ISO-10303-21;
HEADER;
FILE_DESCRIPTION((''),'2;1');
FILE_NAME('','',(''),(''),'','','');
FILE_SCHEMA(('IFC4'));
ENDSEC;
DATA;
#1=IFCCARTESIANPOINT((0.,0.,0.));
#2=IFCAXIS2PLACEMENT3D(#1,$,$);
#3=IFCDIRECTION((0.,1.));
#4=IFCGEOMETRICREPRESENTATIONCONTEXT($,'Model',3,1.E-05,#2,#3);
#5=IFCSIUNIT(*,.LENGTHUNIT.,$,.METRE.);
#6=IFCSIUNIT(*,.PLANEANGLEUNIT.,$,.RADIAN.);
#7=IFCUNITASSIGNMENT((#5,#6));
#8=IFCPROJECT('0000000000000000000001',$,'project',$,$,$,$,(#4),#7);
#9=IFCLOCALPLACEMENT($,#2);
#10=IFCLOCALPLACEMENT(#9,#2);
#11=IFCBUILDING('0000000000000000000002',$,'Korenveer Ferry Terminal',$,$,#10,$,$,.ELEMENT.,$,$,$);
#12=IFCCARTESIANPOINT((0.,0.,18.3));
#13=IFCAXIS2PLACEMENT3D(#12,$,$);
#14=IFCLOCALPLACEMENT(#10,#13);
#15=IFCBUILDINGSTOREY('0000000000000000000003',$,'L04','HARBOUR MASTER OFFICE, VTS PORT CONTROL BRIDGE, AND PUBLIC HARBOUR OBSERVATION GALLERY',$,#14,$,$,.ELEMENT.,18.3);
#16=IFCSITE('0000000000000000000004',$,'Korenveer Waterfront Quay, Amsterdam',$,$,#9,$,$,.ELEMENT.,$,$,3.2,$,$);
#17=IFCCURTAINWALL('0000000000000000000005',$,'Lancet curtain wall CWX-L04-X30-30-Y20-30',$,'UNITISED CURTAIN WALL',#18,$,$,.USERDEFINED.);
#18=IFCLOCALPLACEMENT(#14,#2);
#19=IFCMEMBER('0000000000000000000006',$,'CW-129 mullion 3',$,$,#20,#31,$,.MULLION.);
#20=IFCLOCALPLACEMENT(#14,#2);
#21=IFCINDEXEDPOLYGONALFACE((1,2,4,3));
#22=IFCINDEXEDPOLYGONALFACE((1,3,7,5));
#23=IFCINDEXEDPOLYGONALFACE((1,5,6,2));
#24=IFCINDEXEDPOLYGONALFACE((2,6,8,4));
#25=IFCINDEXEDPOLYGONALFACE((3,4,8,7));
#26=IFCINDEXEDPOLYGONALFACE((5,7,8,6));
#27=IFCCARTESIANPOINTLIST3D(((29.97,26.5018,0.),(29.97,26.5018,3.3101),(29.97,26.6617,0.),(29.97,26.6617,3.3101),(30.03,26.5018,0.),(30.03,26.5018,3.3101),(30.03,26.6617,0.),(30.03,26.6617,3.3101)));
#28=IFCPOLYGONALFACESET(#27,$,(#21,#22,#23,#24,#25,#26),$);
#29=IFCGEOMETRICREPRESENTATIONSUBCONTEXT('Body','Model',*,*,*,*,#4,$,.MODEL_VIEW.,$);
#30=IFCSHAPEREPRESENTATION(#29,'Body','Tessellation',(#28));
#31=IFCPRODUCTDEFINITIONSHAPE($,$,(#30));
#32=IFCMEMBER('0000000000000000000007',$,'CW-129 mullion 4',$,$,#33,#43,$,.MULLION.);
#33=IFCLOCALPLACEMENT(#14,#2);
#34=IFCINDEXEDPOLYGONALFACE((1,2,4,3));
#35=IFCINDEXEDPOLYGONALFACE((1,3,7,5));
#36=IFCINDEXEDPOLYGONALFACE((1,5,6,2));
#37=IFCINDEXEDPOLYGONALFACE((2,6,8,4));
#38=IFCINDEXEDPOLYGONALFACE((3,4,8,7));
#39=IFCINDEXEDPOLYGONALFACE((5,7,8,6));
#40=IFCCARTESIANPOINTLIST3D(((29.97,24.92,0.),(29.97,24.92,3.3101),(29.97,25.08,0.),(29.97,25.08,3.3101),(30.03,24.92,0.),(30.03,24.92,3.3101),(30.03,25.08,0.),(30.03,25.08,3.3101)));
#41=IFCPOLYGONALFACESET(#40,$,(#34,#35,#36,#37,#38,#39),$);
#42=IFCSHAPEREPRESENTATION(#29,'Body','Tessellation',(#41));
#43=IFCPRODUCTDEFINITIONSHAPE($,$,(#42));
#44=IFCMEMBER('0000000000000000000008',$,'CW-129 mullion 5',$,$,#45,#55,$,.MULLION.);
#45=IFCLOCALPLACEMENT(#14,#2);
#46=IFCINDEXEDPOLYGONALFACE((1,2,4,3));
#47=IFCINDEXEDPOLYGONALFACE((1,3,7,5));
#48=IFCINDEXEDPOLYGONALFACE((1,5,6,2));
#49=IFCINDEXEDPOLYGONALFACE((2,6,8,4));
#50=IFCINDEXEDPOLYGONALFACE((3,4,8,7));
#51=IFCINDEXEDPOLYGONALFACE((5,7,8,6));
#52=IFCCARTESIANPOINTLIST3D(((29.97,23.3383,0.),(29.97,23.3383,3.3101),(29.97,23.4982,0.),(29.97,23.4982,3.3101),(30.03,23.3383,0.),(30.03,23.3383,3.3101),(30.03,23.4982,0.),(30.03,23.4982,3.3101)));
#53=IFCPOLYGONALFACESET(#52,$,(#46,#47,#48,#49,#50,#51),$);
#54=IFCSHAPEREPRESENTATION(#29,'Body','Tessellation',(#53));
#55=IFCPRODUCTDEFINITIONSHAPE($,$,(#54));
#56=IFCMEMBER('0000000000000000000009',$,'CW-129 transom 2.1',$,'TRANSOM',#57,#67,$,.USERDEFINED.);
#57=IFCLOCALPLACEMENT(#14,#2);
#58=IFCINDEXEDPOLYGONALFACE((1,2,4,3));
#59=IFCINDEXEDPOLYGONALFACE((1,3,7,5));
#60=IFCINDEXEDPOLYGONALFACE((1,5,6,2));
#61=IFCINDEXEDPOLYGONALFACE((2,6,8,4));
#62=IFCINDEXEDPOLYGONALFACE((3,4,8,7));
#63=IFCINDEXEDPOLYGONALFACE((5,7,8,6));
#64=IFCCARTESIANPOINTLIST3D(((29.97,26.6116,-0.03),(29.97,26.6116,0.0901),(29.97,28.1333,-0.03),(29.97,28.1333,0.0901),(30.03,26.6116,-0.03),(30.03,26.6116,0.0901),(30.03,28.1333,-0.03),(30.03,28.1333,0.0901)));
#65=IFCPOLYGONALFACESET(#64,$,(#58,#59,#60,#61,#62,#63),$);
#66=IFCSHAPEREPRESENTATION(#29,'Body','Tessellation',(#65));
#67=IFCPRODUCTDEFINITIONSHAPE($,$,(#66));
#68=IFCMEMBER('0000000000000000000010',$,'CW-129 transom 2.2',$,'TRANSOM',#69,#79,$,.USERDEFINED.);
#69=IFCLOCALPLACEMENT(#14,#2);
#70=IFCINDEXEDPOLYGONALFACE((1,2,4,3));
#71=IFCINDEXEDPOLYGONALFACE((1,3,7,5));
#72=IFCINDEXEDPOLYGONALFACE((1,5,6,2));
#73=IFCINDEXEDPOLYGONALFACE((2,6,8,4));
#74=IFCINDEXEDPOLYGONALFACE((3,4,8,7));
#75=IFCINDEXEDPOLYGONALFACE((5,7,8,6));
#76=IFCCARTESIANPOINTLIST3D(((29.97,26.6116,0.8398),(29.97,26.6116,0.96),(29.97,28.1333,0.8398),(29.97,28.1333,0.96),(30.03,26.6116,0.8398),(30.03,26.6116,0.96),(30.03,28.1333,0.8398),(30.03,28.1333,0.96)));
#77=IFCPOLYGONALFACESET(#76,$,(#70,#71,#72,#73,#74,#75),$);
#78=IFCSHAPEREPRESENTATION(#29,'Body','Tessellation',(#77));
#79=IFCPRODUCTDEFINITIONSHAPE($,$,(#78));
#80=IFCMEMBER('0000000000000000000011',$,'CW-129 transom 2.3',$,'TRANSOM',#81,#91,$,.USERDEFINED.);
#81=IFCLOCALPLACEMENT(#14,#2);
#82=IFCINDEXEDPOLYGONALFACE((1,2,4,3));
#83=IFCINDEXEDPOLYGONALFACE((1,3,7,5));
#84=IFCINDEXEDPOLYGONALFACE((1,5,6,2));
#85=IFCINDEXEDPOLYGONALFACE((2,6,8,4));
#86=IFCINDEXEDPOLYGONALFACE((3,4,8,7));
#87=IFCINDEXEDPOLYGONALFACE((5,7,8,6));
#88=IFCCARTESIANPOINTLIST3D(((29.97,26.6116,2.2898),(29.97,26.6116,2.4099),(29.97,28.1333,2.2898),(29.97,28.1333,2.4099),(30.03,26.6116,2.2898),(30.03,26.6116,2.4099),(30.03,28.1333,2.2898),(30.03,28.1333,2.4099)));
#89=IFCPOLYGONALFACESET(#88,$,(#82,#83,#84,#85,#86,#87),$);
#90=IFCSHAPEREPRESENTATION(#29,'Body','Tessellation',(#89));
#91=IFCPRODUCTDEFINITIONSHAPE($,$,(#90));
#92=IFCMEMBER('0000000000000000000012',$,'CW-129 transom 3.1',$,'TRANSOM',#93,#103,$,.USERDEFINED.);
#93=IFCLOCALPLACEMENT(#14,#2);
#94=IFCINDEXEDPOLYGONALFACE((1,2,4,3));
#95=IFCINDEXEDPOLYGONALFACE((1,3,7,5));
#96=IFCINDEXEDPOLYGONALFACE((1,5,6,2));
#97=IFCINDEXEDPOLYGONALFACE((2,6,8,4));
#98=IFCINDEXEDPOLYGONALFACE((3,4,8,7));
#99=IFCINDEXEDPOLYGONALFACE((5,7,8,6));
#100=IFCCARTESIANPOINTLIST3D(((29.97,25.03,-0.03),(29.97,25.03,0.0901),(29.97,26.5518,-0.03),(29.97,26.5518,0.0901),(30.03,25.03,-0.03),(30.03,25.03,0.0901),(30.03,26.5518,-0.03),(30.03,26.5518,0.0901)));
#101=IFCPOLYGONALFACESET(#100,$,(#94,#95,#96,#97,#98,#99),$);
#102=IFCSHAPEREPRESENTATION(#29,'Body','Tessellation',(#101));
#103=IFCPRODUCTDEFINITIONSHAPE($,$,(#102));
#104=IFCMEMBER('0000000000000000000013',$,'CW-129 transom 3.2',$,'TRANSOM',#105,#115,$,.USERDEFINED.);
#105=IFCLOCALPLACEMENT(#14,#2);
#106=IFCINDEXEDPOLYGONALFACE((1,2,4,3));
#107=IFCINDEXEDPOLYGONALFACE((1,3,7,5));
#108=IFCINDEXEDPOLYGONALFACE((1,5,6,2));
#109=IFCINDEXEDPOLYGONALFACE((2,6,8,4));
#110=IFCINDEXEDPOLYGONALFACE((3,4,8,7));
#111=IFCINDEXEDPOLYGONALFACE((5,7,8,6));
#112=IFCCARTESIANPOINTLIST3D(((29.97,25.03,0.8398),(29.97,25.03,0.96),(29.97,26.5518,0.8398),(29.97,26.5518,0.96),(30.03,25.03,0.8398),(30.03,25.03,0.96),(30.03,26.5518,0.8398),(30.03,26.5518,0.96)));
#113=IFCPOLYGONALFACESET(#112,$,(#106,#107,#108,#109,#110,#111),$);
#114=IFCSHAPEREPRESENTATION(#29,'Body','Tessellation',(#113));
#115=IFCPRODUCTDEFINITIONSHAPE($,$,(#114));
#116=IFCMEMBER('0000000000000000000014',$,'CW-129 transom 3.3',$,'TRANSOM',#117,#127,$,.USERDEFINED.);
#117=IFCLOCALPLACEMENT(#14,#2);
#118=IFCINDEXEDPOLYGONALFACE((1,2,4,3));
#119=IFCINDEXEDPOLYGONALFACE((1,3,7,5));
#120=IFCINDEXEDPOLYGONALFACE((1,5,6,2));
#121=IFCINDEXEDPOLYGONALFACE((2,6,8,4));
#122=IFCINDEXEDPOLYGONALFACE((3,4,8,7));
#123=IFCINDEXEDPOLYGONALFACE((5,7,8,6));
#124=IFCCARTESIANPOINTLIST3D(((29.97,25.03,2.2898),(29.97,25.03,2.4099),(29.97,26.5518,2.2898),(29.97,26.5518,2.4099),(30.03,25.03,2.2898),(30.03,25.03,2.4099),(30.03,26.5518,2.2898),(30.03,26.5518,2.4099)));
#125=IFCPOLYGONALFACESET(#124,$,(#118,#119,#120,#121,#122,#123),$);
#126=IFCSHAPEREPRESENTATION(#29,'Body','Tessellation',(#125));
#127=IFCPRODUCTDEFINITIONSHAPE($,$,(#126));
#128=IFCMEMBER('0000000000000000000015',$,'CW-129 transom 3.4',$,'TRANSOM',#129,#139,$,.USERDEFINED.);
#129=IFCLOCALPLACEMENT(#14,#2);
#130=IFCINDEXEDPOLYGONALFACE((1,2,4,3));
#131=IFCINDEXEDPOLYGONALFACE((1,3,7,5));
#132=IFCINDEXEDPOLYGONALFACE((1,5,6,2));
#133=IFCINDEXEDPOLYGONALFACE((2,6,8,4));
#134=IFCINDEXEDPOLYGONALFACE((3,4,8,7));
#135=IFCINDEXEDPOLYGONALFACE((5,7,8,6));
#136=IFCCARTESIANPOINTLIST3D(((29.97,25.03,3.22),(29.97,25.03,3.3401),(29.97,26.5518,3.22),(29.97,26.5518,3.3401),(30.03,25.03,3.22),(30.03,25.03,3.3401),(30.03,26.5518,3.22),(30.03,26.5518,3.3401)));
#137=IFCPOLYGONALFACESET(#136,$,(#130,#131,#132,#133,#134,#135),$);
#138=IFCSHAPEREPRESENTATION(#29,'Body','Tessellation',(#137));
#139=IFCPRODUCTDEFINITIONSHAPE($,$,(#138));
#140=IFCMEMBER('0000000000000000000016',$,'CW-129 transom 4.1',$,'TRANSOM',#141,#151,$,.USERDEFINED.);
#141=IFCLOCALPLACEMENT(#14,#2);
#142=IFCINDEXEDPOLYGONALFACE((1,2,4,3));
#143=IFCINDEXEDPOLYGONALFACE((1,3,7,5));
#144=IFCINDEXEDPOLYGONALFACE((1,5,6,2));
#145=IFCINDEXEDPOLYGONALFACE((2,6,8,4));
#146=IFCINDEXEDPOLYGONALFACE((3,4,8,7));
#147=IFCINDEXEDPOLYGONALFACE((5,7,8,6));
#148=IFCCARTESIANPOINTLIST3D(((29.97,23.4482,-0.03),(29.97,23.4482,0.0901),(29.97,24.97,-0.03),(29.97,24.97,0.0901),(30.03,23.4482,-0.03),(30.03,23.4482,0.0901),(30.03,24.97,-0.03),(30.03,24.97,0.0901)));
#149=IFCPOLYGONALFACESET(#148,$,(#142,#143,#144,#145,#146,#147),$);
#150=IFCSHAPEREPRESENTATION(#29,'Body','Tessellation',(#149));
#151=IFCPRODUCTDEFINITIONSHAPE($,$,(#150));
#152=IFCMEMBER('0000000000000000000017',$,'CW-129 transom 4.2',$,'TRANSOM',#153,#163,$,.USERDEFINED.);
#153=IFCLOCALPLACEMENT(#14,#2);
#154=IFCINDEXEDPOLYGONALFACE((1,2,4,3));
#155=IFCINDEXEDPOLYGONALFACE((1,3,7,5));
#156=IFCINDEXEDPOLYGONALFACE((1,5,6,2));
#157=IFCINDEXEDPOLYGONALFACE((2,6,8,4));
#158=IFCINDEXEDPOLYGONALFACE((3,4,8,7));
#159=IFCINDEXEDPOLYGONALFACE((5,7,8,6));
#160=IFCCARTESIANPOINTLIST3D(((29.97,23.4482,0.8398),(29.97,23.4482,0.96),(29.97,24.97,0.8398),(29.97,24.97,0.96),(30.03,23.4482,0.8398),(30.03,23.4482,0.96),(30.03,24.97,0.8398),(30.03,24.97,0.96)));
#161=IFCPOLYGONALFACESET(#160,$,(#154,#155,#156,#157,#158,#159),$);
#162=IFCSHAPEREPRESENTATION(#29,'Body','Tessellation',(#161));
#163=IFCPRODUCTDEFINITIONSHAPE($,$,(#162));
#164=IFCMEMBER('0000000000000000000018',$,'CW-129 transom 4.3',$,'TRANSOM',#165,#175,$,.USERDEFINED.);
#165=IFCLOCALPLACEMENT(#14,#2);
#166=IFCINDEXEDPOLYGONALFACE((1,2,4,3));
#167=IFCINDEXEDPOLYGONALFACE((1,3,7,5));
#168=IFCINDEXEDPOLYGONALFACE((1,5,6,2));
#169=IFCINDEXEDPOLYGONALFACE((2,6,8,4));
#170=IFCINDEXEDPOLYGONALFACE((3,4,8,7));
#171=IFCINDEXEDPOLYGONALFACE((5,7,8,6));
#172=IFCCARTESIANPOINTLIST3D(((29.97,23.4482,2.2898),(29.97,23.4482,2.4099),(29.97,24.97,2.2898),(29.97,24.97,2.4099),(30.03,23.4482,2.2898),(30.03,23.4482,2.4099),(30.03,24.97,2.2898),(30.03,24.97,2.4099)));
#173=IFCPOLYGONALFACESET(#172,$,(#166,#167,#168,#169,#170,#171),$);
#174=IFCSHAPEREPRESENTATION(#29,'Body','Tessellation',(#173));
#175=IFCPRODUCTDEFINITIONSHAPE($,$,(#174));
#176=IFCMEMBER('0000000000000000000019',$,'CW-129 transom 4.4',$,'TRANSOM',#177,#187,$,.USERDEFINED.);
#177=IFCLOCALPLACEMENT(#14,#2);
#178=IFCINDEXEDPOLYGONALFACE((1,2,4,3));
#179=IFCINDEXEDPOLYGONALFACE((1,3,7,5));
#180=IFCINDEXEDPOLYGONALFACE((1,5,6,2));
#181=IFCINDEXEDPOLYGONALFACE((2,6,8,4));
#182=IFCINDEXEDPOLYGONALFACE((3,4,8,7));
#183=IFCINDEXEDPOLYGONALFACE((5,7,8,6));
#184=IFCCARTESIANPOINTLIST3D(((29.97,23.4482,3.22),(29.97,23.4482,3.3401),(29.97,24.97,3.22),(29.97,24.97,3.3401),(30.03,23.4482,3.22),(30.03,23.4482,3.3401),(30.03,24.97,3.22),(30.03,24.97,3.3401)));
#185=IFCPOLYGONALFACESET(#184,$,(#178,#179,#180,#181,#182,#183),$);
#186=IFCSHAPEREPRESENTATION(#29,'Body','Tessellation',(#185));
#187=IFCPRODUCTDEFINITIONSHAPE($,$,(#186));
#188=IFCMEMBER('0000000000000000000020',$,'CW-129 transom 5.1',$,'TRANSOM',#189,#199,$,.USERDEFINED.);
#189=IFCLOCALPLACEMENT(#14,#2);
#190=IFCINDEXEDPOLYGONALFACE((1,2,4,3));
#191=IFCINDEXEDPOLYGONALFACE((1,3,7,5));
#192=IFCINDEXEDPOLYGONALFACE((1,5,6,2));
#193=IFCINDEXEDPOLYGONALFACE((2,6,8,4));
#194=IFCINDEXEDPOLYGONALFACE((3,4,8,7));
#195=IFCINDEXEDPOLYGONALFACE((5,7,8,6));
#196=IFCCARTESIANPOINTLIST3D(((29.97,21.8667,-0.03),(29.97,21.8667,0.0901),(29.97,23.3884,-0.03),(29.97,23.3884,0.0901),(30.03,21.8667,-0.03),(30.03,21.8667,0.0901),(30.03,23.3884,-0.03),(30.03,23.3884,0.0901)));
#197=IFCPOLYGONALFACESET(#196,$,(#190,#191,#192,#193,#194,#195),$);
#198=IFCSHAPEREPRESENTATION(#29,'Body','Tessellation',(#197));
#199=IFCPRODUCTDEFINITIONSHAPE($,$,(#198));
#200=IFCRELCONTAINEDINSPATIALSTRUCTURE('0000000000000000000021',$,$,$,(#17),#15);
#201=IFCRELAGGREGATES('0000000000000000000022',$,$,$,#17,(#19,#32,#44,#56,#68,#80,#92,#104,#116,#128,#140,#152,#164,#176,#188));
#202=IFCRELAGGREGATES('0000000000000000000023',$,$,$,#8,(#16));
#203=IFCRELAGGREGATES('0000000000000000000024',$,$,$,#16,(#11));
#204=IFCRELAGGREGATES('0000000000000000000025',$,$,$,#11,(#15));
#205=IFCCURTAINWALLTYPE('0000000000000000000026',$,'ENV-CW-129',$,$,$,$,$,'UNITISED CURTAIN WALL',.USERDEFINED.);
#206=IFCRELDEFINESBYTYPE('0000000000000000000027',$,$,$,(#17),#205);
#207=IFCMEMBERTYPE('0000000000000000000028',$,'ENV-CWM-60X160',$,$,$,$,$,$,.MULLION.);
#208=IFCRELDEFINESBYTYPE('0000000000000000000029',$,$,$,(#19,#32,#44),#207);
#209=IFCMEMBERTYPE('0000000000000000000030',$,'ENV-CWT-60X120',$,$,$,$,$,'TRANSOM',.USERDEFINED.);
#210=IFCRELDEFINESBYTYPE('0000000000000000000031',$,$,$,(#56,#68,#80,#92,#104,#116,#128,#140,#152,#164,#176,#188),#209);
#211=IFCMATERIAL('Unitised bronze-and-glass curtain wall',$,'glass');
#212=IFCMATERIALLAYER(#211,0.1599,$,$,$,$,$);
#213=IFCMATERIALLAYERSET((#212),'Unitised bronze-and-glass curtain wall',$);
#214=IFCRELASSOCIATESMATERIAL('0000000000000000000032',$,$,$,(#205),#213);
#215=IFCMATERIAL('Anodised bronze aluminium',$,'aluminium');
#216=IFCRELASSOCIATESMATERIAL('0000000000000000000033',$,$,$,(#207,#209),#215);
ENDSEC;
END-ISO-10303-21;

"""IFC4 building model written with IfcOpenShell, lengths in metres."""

from ifc_helpers import new_model, si_unit, direction, frame, origin, origin_2d, place, context, subcontext, project, spatial, rectangle, extrude, material, layer, layer_set, material_profile, profile_set, type_object, element, aggregate, save


model = new_model("IFC4")

# Units and contexts
model_context = context("Model", 3, precision=1e-05, world=origin(), true_north=direction((0.0, 1.0)))
body_context = subcontext(model_context, "Body", "Model", "MODEL_VIEW")
ifc_project = project(units=[si_unit("LENGTHUNIT", "METRE"), si_unit("PLANEANGLEUNIT", "RADIAN")], contexts=[model_context])

# Site, building, storey
site_placement = place(None, origin())
site = spatial("IfcSite", under=ifc_project, at=site_placement, Name="Korenveer Waterfront Quay, Amsterdam", CompositionType="ELEMENT", RefElevation=3.2)
building_placement = place(site_placement, origin())
building = spatial("IfcBuilding", under=site, at=building_placement, Name="Korenveer Ferry Terminal", CompositionType="ELEMENT")
storey_placement = place(building_placement, frame((0.0, 0.0, 18.3)))
storey = spatial("IfcBuildingStorey", under=building, at=storey_placement, Name="L04", Description="HARBOUR MASTER OFFICE, VTS PORT CONTROL BRIDGE, AND PUBLIC HARBOUR OBSERVATION GALLERY", CompositionType="ELEMENT", Elevation=18.3)

# Curtain wall, members
ifc_material_1 = material(Name="Unitised bronze-and-glass curtain wall", Category="glass")
ifc_layer_1 = layer(ifc_material_1, 0.1599)
ifc_layer_set_1 = layer_set([ifc_layer_1], Name="Unitised bronze-and-glass curtain wall")
curtain_wall_type = type_object("IfcCurtainWallType", Name="ENV-CW-129", ElementType="UNITISED CURTAIN WALL", PredefinedType="USERDEFINED", material=ifc_layer_set_1)
curtain_wall_placement = place(storey_placement, frame((30.0, 29.7451, 0.0)))
curtain_wall = element("IfcCurtainWall", 1, at=curtain_wall_placement, inside=storey, type_object=curtain_wall_type, Name="Lancet curtain wall CWX-L04-X30-30-Y20-30", ObjectType="UNITISED CURTAIN WALL", PredefinedType="USERDEFINED")
ifc_material_2 = material(Name="Anodised bronze aluminium", Category="aluminium")
ifc_material_profile_1 = material_profile(ifc_material_2, rectangle(XDim=0.0601, YDim=0.1599, at=origin_2d()), Name="ALU 60x160")
ifc_profile_set_1 = profile_set([ifc_material_profile_1], Name="Anodised bronze aluminium")
member_type_1 = type_object("IfcMemberType", Name="ENV-CWM-60X160", PredefinedType="MULLION", material=ifc_profile_set_1)
member_1_placement = place(storey_placement, frame((30.0, 26.5818, 0.0), z_axis=(0.0, 0.0, 1.0), x_axis=(1.0, 0.0, 0.0)))
member_1 = element("IfcMember", 2, at=member_1_placement, type_object=member_type_1, Name="CW-129 mullion 3", PredefinedType="MULLION", context=body_context, shape_type="SweptSolid", body=[
    extrude(rectangle(XDim=0.0601, YDim=0.1599, at=origin_2d()), origin(), (0.0, 0.0, 1.0), 3.3101),
])
member_2_placement = place(storey_placement, frame((30.0, 25.0, 0.0), z_axis=(0.0, 0.0, 1.0), x_axis=(1.0, 0.0, 0.0)))
member_2 = element("IfcMember", 3, at=member_2_placement, type_object=member_type_1, Name="CW-129 mullion 4", PredefinedType="MULLION", context=body_context, shape_type="SweptSolid", body=[
    extrude(rectangle(XDim=0.0601, YDim=0.1599, at=origin_2d()), origin(), (0.0, 0.0, 1.0), 3.3101),
])
member_3_placement = place(storey_placement, frame((30.0, 23.4182, 0.0), z_axis=(0.0, 0.0, 1.0), x_axis=(1.0, 0.0, 0.0)))
member_3 = element("IfcMember", 4, at=member_3_placement, type_object=member_type_1, Name="CW-129 mullion 5", PredefinedType="MULLION", context=body_context, shape_type="SweptSolid", body=[
    extrude(rectangle(XDim=0.0601, YDim=0.1599, at=origin_2d()), origin(), (0.0, 0.0, 1.0), 3.3101),
])
ifc_material_profile_2 = material_profile(ifc_material_2, rectangle(XDim=0.0601, YDim=0.1201, at=origin_2d()), Name="ALU 60x120")
ifc_profile_set_2 = profile_set([ifc_material_profile_2], Name="Anodised bronze aluminium")
member_type_2 = type_object("IfcMemberType", Name="ENV-CWT-60X120", ElementType="TRANSOM", PredefinedType="USERDEFINED", material=ifc_profile_set_2)
member_4_placement = place(storey_placement, frame((30.0, 28.1333, 0.03), z_axis=(0.0, -1.0, 0.0), x_axis=(1.0, 0.0, 0.0)))
member_4 = element("IfcMember", 5, at=member_4_placement, type_object=member_type_2, Name="CW-129 transom 2.1", ObjectType="TRANSOM", PredefinedType="USERDEFINED", context=body_context, shape_type="SweptSolid", body=[
    extrude(rectangle(XDim=0.0601, YDim=0.1201, at=origin_2d()), origin(), (0.0, 0.0, 1.0), 1.5217),
])
member_5_placement = place(storey_placement, frame((30.0, 28.1333, 0.8999), z_axis=(0.0, -1.0, 0.0), x_axis=(1.0, 0.0, 0.0)))
member_5 = element("IfcMember", 6, at=member_5_placement, type_object=member_type_2, Name="CW-129 transom 2.2", ObjectType="TRANSOM", PredefinedType="USERDEFINED", context=body_context, shape_type="SweptSolid", body=[
    extrude(rectangle(XDim=0.0601, YDim=0.1201, at=origin_2d()), origin(), (0.0, 0.0, 1.0), 1.5217),
])
member_6_placement = place(storey_placement, frame((30.0, 28.1333, 2.3499), z_axis=(0.0, -1.0, 0.0), x_axis=(1.0, 0.0, 0.0)))
member_6 = element("IfcMember", 7, at=member_6_placement, type_object=member_type_2, Name="CW-129 transom 2.3", ObjectType="TRANSOM", PredefinedType="USERDEFINED", context=body_context, shape_type="SweptSolid", body=[
    extrude(rectangle(XDim=0.0601, YDim=0.1201, at=origin_2d()), origin(), (0.0, 0.0, 1.0), 1.5217),
])
member_7_placement = place(storey_placement, frame((30.0, 26.5518, 0.03), z_axis=(0.0, -1.0, 0.0), x_axis=(1.0, 0.0, 0.0)))
member_7 = element("IfcMember", 8, at=member_7_placement, type_object=member_type_2, Name="CW-129 transom 3.1", ObjectType="TRANSOM", PredefinedType="USERDEFINED", context=body_context, shape_type="SweptSolid", body=[
    extrude(rectangle(XDim=0.0601, YDim=0.1201, at=origin_2d()), origin(), (0.0, 0.0, 1.0), 1.5217),
])
member_8_placement = place(storey_placement, frame((30.0, 26.5518, 0.8999), z_axis=(0.0, -1.0, 0.0), x_axis=(1.0, 0.0, 0.0)))
member_8 = element("IfcMember", 9, at=member_8_placement, type_object=member_type_2, Name="CW-129 transom 3.2", ObjectType="TRANSOM", PredefinedType="USERDEFINED", context=body_context, shape_type="SweptSolid", body=[
    extrude(rectangle(XDim=0.0601, YDim=0.1201, at=origin_2d()), origin(), (0.0, 0.0, 1.0), 1.5217),
])
member_9_placement = place(storey_placement, frame((30.0, 26.5518, 2.3499), z_axis=(0.0, -1.0, 0.0), x_axis=(1.0, 0.0, 0.0)))
member_9 = element("IfcMember", 10, at=member_9_placement, type_object=member_type_2, Name="CW-129 transom 3.3", ObjectType="TRANSOM", PredefinedType="USERDEFINED", context=body_context, shape_type="SweptSolid", body=[
    extrude(rectangle(XDim=0.0601, YDim=0.1201, at=origin_2d()), origin(), (0.0, 0.0, 1.0), 1.5217),
])
member_10_placement = place(storey_placement, frame((30.0, 26.5518, 3.28), z_axis=(0.0, -1.0, 0.0), x_axis=(1.0, 0.0, 0.0)))
member_10 = element("IfcMember", 11, at=member_10_placement, type_object=member_type_2, Name="CW-129 transom 3.4", ObjectType="TRANSOM", PredefinedType="USERDEFINED", context=body_context, shape_type="SweptSolid", body=[
    extrude(rectangle(XDim=0.0601, YDim=0.1201, at=origin_2d()), origin(), (0.0, 0.0, 1.0), 1.5217),
])
member_11_placement = place(storey_placement, frame((30.0, 24.97, 0.03), z_axis=(0.0, -1.0, 0.0), x_axis=(1.0, 0.0, 0.0)))
member_11 = element("IfcMember", 12, at=member_11_placement, type_object=member_type_2, Name="CW-129 transom 4.1", ObjectType="TRANSOM", PredefinedType="USERDEFINED", context=body_context, shape_type="SweptSolid", body=[
    extrude(rectangle(XDim=0.0601, YDim=0.1201, at=origin_2d()), origin(), (0.0, 0.0, 1.0), 1.5217),
])
member_12_placement = place(storey_placement, frame((30.0, 24.97, 0.8999), z_axis=(0.0, -1.0, 0.0), x_axis=(1.0, 0.0, 0.0)))
member_12 = element("IfcMember", 13, at=member_12_placement, type_object=member_type_2, Name="CW-129 transom 4.2", ObjectType="TRANSOM", PredefinedType="USERDEFINED", context=body_context, shape_type="SweptSolid", body=[
    extrude(rectangle(XDim=0.0601, YDim=0.1201, at=origin_2d()), origin(), (0.0, 0.0, 1.0), 1.5217),
])
member_13_placement = place(storey_placement, frame((30.0, 24.97, 2.3499), z_axis=(0.0, -1.0, 0.0), x_axis=(1.0, 0.0, 0.0)))
member_13 = element("IfcMember", 14, at=member_13_placement, type_object=member_type_2, Name="CW-129 transom 4.3", ObjectType="TRANSOM", PredefinedType="USERDEFINED", context=body_context, shape_type="SweptSolid", body=[
    extrude(rectangle(XDim=0.0601, YDim=0.1201, at=origin_2d()), origin(), (0.0, 0.0, 1.0), 1.5217),
])
member_14_placement = place(storey_placement, frame((30.0, 24.97, 3.28), z_axis=(0.0, -1.0, 0.0), x_axis=(1.0, 0.0, 0.0)))
member_14 = element("IfcMember", 15, at=member_14_placement, type_object=member_type_2, Name="CW-129 transom 4.4", ObjectType="TRANSOM", PredefinedType="USERDEFINED", context=body_context, shape_type="SweptSolid", body=[
    extrude(rectangle(XDim=0.0601, YDim=0.1201, at=origin_2d()), origin(), (0.0, 0.0, 1.0), 1.5217),
])
member_15_placement = place(storey_placement, frame((30.0, 23.3884, 0.03), z_axis=(0.0, -1.0, 0.0), x_axis=(1.0, 0.0, 0.0)))
member_15 = element("IfcMember", 16, at=member_15_placement, type_object=member_type_2, Name="CW-129 transom 5.1", ObjectType="TRANSOM", PredefinedType="USERDEFINED", context=body_context, shape_type="SweptSolid", body=[
    extrude(rectangle(XDim=0.0601, YDim=0.1201, at=origin_2d()), origin(), (0.0, 0.0, 1.0), 1.5217),
])
aggregate(curtain_wall, [member_1, member_2, member_3, member_4, member_5, member_6, member_7, member_8, member_9, member_10, member_11, member_12, member_13, member_14, member_15])

save(model, "model.ifc")
